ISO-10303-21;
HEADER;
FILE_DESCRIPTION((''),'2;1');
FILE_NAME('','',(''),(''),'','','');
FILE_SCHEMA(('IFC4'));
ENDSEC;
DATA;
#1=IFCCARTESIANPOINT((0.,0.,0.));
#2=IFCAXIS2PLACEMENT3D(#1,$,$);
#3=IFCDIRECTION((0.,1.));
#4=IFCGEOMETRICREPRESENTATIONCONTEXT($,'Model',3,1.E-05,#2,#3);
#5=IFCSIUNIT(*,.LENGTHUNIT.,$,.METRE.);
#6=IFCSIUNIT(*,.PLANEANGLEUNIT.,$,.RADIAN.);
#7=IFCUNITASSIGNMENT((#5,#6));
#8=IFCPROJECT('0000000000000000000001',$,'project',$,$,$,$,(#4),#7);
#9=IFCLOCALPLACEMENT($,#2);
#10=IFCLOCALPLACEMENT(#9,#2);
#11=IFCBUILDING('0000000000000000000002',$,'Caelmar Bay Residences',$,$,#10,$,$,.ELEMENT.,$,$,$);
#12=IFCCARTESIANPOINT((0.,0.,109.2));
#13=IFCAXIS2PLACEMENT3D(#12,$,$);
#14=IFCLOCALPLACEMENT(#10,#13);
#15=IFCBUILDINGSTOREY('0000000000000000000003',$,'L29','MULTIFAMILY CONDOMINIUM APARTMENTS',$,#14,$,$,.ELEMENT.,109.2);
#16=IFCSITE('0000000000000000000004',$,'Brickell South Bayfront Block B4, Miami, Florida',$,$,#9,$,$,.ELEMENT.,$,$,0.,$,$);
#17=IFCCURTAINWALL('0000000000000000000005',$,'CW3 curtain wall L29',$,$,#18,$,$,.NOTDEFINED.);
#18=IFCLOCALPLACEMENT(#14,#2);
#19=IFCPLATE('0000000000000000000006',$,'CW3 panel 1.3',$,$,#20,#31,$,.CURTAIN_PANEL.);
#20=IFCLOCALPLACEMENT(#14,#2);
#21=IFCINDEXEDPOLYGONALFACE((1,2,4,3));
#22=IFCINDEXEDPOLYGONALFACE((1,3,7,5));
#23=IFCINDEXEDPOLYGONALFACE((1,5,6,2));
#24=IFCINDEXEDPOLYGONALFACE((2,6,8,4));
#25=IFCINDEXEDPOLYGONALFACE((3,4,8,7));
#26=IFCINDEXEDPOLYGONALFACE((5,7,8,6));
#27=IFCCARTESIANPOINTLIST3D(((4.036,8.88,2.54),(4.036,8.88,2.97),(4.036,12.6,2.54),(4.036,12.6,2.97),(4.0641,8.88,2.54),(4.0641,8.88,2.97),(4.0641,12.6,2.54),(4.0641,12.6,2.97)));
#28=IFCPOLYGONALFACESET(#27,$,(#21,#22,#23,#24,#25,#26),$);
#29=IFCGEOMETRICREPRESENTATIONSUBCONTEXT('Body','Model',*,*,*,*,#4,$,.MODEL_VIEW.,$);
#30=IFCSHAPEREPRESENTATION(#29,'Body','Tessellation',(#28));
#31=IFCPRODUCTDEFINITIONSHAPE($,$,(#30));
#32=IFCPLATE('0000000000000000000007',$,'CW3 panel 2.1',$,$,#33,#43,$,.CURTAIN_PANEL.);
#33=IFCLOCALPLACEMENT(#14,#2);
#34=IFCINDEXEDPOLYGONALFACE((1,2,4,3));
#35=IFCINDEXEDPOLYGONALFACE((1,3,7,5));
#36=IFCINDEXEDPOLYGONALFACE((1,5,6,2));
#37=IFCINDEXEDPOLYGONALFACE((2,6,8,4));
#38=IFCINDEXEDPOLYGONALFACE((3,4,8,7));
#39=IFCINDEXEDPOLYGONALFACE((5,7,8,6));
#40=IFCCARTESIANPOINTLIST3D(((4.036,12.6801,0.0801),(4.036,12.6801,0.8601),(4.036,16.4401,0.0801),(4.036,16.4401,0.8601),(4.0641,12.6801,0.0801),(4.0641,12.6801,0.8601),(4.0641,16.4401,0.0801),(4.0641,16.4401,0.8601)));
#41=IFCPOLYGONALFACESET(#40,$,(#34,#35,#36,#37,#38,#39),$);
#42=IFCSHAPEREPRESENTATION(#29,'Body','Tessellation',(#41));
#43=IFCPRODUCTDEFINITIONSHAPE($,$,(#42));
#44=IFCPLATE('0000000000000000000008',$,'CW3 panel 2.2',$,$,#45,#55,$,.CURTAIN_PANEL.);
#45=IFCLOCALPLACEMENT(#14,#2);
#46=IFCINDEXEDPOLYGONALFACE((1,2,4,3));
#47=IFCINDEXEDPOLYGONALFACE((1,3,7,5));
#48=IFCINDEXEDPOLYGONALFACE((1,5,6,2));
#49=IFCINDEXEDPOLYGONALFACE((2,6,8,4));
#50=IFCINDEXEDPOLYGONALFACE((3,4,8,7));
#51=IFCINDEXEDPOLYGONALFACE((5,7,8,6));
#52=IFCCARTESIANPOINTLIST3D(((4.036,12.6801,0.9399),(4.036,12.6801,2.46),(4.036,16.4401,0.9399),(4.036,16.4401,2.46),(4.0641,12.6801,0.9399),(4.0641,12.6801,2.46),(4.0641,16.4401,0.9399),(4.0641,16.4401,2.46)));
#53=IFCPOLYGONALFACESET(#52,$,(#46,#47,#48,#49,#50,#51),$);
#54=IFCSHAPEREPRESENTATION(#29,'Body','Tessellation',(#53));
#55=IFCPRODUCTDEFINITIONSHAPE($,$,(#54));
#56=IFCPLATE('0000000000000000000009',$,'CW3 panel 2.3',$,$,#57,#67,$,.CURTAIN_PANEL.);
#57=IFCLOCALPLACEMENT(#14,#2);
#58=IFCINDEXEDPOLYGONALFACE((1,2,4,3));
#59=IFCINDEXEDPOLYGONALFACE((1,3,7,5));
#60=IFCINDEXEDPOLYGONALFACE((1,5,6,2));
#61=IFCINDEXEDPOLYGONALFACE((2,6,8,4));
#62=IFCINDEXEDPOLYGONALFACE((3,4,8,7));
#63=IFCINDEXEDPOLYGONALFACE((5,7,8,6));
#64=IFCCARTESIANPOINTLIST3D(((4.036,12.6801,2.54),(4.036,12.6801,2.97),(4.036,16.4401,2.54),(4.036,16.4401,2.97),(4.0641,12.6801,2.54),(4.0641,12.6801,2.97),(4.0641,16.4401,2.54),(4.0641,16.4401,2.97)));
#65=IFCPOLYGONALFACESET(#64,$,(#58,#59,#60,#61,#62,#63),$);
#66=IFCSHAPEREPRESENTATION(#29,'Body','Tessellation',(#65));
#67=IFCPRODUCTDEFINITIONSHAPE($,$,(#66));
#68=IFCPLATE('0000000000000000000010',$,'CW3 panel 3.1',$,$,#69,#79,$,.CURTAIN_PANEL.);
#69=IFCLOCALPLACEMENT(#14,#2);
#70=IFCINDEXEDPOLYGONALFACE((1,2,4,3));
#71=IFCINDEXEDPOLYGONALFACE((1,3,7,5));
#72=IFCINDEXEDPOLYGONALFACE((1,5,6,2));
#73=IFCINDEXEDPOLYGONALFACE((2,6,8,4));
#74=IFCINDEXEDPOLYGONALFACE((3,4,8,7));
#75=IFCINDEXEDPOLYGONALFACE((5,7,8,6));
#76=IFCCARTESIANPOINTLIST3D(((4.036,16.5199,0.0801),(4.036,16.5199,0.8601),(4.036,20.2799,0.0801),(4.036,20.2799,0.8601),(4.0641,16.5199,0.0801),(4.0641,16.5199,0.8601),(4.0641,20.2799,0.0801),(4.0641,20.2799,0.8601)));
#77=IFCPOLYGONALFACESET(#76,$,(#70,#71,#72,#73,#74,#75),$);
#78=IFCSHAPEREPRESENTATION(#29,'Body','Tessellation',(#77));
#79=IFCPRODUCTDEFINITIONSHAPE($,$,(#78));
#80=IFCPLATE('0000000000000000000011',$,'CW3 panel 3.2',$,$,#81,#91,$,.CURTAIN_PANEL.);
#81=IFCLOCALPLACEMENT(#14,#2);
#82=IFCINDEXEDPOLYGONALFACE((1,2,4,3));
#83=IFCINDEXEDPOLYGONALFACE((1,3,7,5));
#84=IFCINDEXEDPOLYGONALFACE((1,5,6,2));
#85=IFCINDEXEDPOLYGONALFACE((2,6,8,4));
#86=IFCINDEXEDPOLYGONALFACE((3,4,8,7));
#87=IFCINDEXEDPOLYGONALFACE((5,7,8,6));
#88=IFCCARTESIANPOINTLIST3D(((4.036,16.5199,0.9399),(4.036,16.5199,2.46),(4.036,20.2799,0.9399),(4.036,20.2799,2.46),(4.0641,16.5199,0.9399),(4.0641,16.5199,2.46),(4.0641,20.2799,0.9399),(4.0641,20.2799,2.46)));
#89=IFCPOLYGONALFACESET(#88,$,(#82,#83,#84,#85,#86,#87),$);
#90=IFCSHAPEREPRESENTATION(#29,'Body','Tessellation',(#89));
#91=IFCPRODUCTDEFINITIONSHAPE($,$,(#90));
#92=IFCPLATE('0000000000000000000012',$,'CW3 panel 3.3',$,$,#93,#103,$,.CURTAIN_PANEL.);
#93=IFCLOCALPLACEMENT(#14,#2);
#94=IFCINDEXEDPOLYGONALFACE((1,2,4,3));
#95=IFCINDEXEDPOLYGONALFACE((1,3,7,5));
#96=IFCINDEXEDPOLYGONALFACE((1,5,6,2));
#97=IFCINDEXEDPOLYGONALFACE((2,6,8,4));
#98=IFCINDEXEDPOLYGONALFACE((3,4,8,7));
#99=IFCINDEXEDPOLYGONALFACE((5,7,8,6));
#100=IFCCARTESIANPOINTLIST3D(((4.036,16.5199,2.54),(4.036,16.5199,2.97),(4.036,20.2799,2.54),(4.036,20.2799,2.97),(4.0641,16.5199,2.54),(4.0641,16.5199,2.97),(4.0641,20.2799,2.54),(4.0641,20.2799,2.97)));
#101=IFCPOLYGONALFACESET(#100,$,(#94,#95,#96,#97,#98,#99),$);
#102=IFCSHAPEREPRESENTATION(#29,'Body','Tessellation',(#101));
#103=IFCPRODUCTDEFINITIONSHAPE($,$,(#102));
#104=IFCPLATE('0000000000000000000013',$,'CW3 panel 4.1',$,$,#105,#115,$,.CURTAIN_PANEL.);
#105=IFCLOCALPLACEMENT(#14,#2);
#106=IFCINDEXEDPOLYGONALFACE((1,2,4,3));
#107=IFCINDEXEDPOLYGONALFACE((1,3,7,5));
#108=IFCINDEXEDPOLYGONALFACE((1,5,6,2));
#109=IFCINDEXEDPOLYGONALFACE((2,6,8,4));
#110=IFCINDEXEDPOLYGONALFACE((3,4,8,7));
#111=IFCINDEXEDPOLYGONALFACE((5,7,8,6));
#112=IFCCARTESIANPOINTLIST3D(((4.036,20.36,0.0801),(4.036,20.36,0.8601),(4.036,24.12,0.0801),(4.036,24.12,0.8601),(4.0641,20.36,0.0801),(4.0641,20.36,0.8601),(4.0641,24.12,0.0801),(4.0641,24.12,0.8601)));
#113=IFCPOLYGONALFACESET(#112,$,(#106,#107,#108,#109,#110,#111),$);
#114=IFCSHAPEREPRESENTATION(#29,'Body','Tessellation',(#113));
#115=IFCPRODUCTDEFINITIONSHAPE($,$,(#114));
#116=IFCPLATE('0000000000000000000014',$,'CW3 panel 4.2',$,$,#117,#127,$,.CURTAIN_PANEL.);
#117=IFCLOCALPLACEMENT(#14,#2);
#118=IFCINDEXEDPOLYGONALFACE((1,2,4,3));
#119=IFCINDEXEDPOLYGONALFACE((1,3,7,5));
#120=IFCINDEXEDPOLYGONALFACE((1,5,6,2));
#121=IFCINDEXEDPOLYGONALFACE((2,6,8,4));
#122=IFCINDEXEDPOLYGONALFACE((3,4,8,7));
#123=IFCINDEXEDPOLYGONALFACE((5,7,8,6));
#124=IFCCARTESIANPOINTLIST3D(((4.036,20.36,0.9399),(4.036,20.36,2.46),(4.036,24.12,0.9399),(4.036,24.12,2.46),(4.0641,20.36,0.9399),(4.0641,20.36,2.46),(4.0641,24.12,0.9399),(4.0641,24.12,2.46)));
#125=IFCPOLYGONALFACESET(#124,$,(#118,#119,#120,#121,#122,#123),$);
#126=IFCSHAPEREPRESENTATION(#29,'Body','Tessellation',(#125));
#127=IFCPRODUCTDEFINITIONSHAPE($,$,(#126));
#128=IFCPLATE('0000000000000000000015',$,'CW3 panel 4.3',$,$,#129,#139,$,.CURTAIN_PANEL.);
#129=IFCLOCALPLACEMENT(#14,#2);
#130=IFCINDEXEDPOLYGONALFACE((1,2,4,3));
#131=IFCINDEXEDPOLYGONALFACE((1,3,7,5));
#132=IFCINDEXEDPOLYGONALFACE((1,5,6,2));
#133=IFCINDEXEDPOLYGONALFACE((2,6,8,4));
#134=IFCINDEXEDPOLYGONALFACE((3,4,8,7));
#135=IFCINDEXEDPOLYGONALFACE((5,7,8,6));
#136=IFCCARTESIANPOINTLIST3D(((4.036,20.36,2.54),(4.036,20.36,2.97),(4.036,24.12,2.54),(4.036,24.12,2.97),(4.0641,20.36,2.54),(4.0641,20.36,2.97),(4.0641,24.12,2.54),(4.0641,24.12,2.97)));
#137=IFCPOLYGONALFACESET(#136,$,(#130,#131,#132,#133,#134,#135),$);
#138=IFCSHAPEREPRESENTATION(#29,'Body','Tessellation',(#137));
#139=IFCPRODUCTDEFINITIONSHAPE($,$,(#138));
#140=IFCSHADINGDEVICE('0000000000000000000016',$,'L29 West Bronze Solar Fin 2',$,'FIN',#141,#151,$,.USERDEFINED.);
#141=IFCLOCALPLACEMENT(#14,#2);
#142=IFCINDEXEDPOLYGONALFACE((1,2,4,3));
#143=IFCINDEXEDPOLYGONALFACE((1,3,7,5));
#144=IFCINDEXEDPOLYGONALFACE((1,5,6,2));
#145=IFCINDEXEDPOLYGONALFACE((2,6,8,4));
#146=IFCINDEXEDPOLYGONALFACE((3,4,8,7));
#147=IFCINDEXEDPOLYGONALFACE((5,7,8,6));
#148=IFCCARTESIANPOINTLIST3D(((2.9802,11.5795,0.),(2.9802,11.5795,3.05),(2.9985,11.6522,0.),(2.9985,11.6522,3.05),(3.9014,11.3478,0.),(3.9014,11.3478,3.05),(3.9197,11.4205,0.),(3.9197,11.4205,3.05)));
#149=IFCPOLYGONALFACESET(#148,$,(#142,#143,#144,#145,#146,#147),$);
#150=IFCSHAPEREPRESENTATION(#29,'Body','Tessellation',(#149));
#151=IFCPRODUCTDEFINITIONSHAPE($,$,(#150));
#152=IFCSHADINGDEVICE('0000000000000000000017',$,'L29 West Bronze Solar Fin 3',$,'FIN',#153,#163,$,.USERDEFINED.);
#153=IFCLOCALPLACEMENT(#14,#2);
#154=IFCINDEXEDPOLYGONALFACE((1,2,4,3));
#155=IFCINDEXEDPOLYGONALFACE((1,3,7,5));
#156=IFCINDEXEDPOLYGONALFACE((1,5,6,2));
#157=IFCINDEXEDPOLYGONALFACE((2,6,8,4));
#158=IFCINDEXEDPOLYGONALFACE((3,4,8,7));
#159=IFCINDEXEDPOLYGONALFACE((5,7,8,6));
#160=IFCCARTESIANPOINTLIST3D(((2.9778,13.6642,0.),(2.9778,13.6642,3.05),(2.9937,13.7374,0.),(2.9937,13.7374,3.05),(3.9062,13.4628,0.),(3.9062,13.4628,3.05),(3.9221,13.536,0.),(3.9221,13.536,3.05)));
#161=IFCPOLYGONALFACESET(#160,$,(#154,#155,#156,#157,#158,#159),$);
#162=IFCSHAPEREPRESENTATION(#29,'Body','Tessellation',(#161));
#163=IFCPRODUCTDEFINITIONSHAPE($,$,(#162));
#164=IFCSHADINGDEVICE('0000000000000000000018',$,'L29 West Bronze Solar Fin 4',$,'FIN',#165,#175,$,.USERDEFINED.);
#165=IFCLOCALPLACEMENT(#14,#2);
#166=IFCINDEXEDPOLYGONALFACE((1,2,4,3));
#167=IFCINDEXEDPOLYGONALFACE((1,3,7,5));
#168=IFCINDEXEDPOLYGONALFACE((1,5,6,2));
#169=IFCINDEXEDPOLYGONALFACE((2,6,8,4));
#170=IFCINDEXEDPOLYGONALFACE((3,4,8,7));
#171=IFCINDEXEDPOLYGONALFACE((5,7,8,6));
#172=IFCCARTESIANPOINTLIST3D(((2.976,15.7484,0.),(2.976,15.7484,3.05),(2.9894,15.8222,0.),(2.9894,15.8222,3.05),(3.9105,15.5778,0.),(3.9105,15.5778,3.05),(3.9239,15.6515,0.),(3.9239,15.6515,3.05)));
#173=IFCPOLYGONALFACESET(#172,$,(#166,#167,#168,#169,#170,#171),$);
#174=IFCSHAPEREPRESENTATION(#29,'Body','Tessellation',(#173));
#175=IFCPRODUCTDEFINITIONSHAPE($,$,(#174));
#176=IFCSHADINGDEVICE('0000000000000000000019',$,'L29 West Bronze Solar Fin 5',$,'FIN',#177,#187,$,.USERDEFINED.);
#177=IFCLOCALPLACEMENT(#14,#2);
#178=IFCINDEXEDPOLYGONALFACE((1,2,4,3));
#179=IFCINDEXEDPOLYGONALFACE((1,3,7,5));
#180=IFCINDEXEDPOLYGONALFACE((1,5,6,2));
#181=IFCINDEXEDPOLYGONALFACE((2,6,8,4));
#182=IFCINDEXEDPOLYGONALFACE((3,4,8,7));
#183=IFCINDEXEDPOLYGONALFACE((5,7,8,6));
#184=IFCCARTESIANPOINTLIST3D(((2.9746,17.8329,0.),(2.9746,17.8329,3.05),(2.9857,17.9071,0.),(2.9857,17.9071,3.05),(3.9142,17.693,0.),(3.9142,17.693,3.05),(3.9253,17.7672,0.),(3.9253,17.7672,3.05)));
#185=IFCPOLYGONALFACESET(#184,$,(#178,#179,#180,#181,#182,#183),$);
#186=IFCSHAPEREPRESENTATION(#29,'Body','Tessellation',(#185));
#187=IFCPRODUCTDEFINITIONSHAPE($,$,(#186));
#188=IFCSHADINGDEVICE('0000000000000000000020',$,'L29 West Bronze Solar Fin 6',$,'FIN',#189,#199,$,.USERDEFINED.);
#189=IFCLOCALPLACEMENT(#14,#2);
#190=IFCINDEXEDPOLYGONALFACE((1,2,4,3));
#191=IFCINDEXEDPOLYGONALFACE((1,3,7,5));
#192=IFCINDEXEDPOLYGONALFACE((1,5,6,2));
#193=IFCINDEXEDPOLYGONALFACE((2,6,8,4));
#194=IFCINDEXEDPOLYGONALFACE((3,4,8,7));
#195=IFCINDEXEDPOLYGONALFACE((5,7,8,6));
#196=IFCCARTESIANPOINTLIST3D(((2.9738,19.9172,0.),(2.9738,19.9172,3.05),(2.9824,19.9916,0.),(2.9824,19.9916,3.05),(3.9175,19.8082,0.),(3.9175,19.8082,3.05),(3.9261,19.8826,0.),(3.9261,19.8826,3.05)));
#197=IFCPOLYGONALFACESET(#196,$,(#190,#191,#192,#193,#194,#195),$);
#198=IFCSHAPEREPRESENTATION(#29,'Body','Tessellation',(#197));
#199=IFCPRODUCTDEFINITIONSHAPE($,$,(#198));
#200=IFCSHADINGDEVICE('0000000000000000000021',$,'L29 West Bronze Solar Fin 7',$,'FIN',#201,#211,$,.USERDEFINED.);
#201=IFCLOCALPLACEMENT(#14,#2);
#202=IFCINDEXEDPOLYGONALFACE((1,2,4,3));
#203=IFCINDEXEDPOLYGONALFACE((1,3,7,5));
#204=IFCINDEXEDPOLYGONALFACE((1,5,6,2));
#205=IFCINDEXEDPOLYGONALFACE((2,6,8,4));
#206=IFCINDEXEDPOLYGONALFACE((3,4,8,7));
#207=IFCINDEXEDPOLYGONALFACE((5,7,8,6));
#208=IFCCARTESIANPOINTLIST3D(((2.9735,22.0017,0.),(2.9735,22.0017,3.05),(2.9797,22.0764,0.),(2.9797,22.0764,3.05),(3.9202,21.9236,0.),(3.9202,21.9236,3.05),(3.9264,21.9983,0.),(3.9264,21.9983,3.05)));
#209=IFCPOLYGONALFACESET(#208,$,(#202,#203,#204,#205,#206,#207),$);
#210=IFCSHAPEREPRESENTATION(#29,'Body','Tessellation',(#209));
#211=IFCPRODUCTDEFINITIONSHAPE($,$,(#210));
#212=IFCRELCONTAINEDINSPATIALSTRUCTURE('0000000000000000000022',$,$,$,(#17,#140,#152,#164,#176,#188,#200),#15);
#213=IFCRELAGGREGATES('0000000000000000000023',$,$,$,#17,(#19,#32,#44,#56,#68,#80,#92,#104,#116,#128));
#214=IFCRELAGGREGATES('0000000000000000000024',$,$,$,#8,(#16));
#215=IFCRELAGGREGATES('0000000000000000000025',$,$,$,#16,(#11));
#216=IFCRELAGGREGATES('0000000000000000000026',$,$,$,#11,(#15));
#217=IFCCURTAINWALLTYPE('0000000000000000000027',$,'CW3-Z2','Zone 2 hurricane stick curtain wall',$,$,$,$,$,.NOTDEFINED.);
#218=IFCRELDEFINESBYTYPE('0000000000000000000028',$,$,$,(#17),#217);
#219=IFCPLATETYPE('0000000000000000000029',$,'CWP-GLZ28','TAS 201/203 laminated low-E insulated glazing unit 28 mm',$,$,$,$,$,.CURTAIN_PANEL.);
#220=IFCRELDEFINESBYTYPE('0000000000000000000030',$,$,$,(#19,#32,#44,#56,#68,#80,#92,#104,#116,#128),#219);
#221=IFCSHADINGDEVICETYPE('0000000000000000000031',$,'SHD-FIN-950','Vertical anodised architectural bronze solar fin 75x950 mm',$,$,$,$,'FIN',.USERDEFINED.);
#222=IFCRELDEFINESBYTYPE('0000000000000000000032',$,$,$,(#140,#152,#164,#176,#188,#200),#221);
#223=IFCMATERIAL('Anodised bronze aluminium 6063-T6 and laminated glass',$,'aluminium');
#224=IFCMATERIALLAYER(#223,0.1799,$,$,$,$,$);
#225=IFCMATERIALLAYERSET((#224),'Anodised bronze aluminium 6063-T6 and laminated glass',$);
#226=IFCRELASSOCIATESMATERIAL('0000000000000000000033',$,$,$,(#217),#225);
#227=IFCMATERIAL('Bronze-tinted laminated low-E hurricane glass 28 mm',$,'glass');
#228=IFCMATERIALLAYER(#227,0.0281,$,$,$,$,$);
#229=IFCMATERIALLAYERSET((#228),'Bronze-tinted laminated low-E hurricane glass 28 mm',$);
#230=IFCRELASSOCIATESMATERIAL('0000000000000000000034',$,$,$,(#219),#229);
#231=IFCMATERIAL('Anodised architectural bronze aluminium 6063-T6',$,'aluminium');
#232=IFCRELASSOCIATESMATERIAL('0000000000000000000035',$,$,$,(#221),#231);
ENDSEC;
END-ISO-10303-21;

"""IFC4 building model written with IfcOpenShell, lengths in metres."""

from ifc_helpers import new_model, si_unit, direction, frame, origin, origin_2d, place, context, subcontext, project, spatial, rectangle, extrude, material, layer, layer_set, material_profile, profile_set, type_object, element, aggregate, save


model = new_model("IFC4")

# Units and contexts
model_context = context("Model", 3, precision=1e-05, world=origin(), true_north=direction((0.0, 1.0)))
body_context = subcontext(model_context, "Body", "Model", "MODEL_VIEW")
ifc_project = project(units=[si_unit("LENGTHUNIT", "METRE"), si_unit("PLANEANGLEUNIT", "RADIAN")], contexts=[model_context])

# Site, building, storey
site_placement = place(None, origin())
site = spatial("IfcSite", under=ifc_project, at=site_placement, Name="Brickell South Bayfront Block B4, Miami, Florida", CompositionType="ELEMENT", RefElevation=0.0)
building_placement = place(site_placement, origin())
building = spatial("IfcBuilding", under=site, at=building_placement, Name="Caelmar Bay Residences", CompositionType="ELEMENT")
storey_placement = place(building_placement, frame((0.0, 0.0, 109.2)))
storey = spatial("IfcBuildingStorey", under=building, at=storey_placement, Name="L29", Description="MULTIFAMILY CONDOMINIUM APARTMENTS", CompositionType="ELEMENT", Elevation=109.2)

# Curtain wall, plates
ifc_material_1 = material(Name="Anodised bronze aluminium 6063-T6 and laminated glass", Category="aluminium")
ifc_layer_1 = layer(ifc_material_1, 0.1799)
ifc_layer_set_1 = layer_set([ifc_layer_1], Name="Anodised bronze aluminium 6063-T6 and laminated glass")
curtain_wall_type = type_object("IfcCurtainWallType", Name="CW3-Z2", Description="Zone 2 hurricane stick curtain wall", PredefinedType="NOTDEFINED", material=ifc_layer_set_1)
curtain_wall_placement = place(storey_placement, origin())
curtain_wall = element("IfcCurtainWall", 1, at=curtain_wall_placement, inside=storey, type_object=curtain_wall_type, Name="CW3 curtain wall L29", PredefinedType="NOTDEFINED")
ifc_material_2 = material(Name="Bronze-tinted laminated low-E hurricane glass 28 mm", Category="glass")
ifc_layer_2 = layer(ifc_material_2, 0.0281)
ifc_layer_set_2 = layer_set([ifc_layer_2], Name="Bronze-tinted laminated low-E hurricane glass 28 mm")
plate_type = type_object("IfcPlateType", Name="CWP-GLZ28", Description="TAS 201/203 laminated low-E insulated glazing unit 28 mm", PredefinedType="CURTAIN_PANEL", material=ifc_layer_set_2)
plate_1_placement = place(storey_placement, frame((4.05, 10.74, 2.54), z_axis=(0.0, 0.0, 1.0), x_axis=(0.0, 1.0, 0.0)))
plate_1 = element("IfcPlate", 2, at=plate_1_placement, type_object=plate_type, Name="CW3 panel 1.3", PredefinedType="CURTAIN_PANEL", context=body_context, shape_type="SweptSolid", body=[
    extrude(rectangle(XDim=3.72, YDim=0.0281, at=origin_2d()), origin(), (0.0, 0.0, 1.0), 0.4299),
])
plate_2_placement = place(storey_placement, frame((4.05, 14.5601, 0.0801), z_axis=(0.0, 0.0, 1.0), x_axis=(0.0, 1.0, 0.0)))
plate_2 = element("IfcPlate", 3, at=plate_2_placement, type_object=plate_type, Name="CW3 panel 2.1", PredefinedType="CURTAIN_PANEL", context=body_context, shape_type="SweptSolid", body=[
    extrude(rectangle(XDim=3.76, YDim=0.0281, at=origin_2d()), origin(), (0.0, 0.0, 1.0), 0.78),
])
plate_3_placement = place(storey_placement, frame((4.05, 14.5601, 0.9399), z_axis=(0.0, 0.0, 1.0), x_axis=(0.0, 1.0, 0.0)))
plate_3 = element("IfcPlate", 4, at=plate_3_placement, type_object=plate_type, Name="CW3 panel 2.2", PredefinedType="CURTAIN_PANEL", context=body_context, shape_type="SweptSolid", body=[
    extrude(rectangle(XDim=3.76, YDim=0.0281, at=origin_2d()), origin(), (0.0, 0.0, 1.0), 1.52),
])
plate_4_placement = place(storey_placement, frame((4.05, 14.5601, 2.54), z_axis=(0.0, 0.0, 1.0), x_axis=(0.0, 1.0, 0.0)))
plate_4 = element("IfcPlate", 5, at=plate_4_placement, type_object=plate_type, Name="CW3 panel 2.3", PredefinedType="CURTAIN_PANEL", context=body_context, shape_type="SweptSolid", body=[
    extrude(rectangle(XDim=3.76, YDim=0.0281, at=origin_2d()), origin(), (0.0, 0.0, 1.0), 0.4299),
])
plate_5_placement = place(storey_placement, frame((4.05, 18.3999, 0.0801), z_axis=(0.0, 0.0, 1.0), x_axis=(0.0, 1.0, 0.0)))
plate_5 = element("IfcPlate", 6, at=plate_5_placement, type_object=plate_type, Name="CW3 panel 3.1", PredefinedType="CURTAIN_PANEL", context=body_context, shape_type="SweptSolid", body=[
    extrude(rectangle(XDim=3.76, YDim=0.0281, at=origin_2d()), origin(), (0.0, 0.0, 1.0), 0.78),
])
plate_6_placement = place(storey_placement, frame((4.05, 18.3999, 0.9399), z_axis=(0.0, 0.0, 1.0), x_axis=(0.0, 1.0, 0.0)))
plate_6 = element("IfcPlate", 7, at=plate_6_placement, type_object=plate_type, Name="CW3 panel 3.2", PredefinedType="CURTAIN_PANEL", context=body_context, shape_type="SweptSolid", body=[
    extrude(rectangle(XDim=3.76, YDim=0.0281, at=origin_2d()), origin(), (0.0, 0.0, 1.0), 1.52),
])
plate_7_placement = place(storey_placement, frame((4.05, 18.3999, 2.54), z_axis=(0.0, 0.0, 1.0), x_axis=(0.0, 1.0, 0.0)))
plate_7 = element("IfcPlate", 8, at=plate_7_placement, type_object=plate_type, Name="CW3 panel 3.3", PredefinedType="CURTAIN_PANEL", context=body_context, shape_type="SweptSolid", body=[
    extrude(rectangle(XDim=3.76, YDim=0.0281, at=origin_2d()), origin(), (0.0, 0.0, 1.0), 0.4299),
])
plate_8_placement = place(storey_placement, frame((4.05, 22.24, 0.0801), z_axis=(0.0, 0.0, 1.0), x_axis=(0.0, 1.0, 0.0)))
plate_8 = element("IfcPlate", 9, at=plate_8_placement, type_object=plate_type, Name="CW3 panel 4.1", PredefinedType="CURTAIN_PANEL", context=body_context, shape_type="SweptSolid", body=[
    extrude(rectangle(XDim=3.76, YDim=0.0281, at=origin_2d()), origin(), (0.0, 0.0, 1.0), 0.78),
])
plate_9_placement = place(storey_placement, frame((4.05, 22.24, 0.9399), z_axis=(0.0, 0.0, 1.0), x_axis=(0.0, 1.0, 0.0)))
plate_9 = element("IfcPlate", 10, at=plate_9_placement, type_object=plate_type, Name="CW3 panel 4.2", PredefinedType="CURTAIN_PANEL", context=body_context, shape_type="SweptSolid", body=[
    extrude(rectangle(XDim=3.76, YDim=0.0281, at=origin_2d()), origin(), (0.0, 0.0, 1.0), 1.52),
])
plate_10_placement = place(storey_placement, frame((4.05, 22.24, 2.54), z_axis=(0.0, 0.0, 1.0), x_axis=(0.0, 1.0, 0.0)))
plate_10 = element("IfcPlate", 11, at=plate_10_placement, type_object=plate_type, Name="CW3 panel 4.3", PredefinedType="CURTAIN_PANEL", context=body_context, shape_type="SweptSolid", body=[
    extrude(rectangle(XDim=3.76, YDim=0.0281, at=origin_2d()), origin(), (0.0, 0.0, 1.0), 0.4299),
])
aggregate(curtain_wall, [plate_1, plate_2, plate_3, plate_4, plate_5, plate_6, plate_7, plate_8, plate_9, plate_10])

# Shading devices
ifc_material_3 = material(Name="Anodised architectural bronze aluminium 6063-T6", Category="aluminium")
ifc_material_profile_1 = material_profile(ifc_material_3, rectangle(XDim=0.075, YDim=0.95, at=origin_2d()), Name="BRONZE-FIN-75X950")
ifc_profile_set_1 = profile_set([ifc_material_profile_1], Name="Anodised architectural bronze aluminium 6063-T6")
shading_device_type = type_object("IfcShadingDeviceType", Name="SHD-FIN-950", Description="Vertical anodised architectural bronze solar fin 75x950 mm", ElementType="FIN", PredefinedType="USERDEFINED", material=ifc_profile_set_1)
for number, where, z_axis, x_axis, name in (
    (12, (3.45, 11.5, 0.0), (0.0, 0.0, 1.0), (0.243954, 0.969787, 0.0), "L29 West Bronze Solar Fin 2"),
    (13, (3.45, 13.6001, 0.0), (0.0, 0.0, 1.0), (0.212007, 0.977268, 0.0), "L29 West Bronze Solar Fin 3"),
    (14, (3.45, 15.7, 0.0), (0.0, 0.0, 1.0), (0.179661, 0.983729, 0.0), "L29 West Bronze Solar Fin 4"),
    (15, (3.45, 17.8, 0.0), (0.0, 0.0, 1.0), (0.147292, 0.989093, 0.0), "L29 West Bronze Solar Fin 5"),
    (16, (3.45, 19.8999, 0.0), (0.0, 0.0, 1.0), (0.114764, 0.993393, 0.0), "L29 West Bronze Solar Fin 6"),
    (17, (3.45, 22.0, 0.0), (0.0, 0.0, 1.0), (0.082112, 0.996623, 0.0), "L29 West Bronze Solar Fin 7"),
):
    element("IfcShadingDevice", number, at=place(storey_placement, frame(where, z_axis=z_axis, x_axis=x_axis)), inside=storey, type_object=shading_device_type, Name=name, ObjectType="FIN", PredefinedType="USERDEFINED", context=body_context, shape_type="SweptSolid", body=[
        extrude(rectangle(XDim=0.075, YDim=0.95, at=origin_2d()), origin(), (0.0, 0.0, 1.0), 3.05),
    ])

save(model, "model.ifc")
